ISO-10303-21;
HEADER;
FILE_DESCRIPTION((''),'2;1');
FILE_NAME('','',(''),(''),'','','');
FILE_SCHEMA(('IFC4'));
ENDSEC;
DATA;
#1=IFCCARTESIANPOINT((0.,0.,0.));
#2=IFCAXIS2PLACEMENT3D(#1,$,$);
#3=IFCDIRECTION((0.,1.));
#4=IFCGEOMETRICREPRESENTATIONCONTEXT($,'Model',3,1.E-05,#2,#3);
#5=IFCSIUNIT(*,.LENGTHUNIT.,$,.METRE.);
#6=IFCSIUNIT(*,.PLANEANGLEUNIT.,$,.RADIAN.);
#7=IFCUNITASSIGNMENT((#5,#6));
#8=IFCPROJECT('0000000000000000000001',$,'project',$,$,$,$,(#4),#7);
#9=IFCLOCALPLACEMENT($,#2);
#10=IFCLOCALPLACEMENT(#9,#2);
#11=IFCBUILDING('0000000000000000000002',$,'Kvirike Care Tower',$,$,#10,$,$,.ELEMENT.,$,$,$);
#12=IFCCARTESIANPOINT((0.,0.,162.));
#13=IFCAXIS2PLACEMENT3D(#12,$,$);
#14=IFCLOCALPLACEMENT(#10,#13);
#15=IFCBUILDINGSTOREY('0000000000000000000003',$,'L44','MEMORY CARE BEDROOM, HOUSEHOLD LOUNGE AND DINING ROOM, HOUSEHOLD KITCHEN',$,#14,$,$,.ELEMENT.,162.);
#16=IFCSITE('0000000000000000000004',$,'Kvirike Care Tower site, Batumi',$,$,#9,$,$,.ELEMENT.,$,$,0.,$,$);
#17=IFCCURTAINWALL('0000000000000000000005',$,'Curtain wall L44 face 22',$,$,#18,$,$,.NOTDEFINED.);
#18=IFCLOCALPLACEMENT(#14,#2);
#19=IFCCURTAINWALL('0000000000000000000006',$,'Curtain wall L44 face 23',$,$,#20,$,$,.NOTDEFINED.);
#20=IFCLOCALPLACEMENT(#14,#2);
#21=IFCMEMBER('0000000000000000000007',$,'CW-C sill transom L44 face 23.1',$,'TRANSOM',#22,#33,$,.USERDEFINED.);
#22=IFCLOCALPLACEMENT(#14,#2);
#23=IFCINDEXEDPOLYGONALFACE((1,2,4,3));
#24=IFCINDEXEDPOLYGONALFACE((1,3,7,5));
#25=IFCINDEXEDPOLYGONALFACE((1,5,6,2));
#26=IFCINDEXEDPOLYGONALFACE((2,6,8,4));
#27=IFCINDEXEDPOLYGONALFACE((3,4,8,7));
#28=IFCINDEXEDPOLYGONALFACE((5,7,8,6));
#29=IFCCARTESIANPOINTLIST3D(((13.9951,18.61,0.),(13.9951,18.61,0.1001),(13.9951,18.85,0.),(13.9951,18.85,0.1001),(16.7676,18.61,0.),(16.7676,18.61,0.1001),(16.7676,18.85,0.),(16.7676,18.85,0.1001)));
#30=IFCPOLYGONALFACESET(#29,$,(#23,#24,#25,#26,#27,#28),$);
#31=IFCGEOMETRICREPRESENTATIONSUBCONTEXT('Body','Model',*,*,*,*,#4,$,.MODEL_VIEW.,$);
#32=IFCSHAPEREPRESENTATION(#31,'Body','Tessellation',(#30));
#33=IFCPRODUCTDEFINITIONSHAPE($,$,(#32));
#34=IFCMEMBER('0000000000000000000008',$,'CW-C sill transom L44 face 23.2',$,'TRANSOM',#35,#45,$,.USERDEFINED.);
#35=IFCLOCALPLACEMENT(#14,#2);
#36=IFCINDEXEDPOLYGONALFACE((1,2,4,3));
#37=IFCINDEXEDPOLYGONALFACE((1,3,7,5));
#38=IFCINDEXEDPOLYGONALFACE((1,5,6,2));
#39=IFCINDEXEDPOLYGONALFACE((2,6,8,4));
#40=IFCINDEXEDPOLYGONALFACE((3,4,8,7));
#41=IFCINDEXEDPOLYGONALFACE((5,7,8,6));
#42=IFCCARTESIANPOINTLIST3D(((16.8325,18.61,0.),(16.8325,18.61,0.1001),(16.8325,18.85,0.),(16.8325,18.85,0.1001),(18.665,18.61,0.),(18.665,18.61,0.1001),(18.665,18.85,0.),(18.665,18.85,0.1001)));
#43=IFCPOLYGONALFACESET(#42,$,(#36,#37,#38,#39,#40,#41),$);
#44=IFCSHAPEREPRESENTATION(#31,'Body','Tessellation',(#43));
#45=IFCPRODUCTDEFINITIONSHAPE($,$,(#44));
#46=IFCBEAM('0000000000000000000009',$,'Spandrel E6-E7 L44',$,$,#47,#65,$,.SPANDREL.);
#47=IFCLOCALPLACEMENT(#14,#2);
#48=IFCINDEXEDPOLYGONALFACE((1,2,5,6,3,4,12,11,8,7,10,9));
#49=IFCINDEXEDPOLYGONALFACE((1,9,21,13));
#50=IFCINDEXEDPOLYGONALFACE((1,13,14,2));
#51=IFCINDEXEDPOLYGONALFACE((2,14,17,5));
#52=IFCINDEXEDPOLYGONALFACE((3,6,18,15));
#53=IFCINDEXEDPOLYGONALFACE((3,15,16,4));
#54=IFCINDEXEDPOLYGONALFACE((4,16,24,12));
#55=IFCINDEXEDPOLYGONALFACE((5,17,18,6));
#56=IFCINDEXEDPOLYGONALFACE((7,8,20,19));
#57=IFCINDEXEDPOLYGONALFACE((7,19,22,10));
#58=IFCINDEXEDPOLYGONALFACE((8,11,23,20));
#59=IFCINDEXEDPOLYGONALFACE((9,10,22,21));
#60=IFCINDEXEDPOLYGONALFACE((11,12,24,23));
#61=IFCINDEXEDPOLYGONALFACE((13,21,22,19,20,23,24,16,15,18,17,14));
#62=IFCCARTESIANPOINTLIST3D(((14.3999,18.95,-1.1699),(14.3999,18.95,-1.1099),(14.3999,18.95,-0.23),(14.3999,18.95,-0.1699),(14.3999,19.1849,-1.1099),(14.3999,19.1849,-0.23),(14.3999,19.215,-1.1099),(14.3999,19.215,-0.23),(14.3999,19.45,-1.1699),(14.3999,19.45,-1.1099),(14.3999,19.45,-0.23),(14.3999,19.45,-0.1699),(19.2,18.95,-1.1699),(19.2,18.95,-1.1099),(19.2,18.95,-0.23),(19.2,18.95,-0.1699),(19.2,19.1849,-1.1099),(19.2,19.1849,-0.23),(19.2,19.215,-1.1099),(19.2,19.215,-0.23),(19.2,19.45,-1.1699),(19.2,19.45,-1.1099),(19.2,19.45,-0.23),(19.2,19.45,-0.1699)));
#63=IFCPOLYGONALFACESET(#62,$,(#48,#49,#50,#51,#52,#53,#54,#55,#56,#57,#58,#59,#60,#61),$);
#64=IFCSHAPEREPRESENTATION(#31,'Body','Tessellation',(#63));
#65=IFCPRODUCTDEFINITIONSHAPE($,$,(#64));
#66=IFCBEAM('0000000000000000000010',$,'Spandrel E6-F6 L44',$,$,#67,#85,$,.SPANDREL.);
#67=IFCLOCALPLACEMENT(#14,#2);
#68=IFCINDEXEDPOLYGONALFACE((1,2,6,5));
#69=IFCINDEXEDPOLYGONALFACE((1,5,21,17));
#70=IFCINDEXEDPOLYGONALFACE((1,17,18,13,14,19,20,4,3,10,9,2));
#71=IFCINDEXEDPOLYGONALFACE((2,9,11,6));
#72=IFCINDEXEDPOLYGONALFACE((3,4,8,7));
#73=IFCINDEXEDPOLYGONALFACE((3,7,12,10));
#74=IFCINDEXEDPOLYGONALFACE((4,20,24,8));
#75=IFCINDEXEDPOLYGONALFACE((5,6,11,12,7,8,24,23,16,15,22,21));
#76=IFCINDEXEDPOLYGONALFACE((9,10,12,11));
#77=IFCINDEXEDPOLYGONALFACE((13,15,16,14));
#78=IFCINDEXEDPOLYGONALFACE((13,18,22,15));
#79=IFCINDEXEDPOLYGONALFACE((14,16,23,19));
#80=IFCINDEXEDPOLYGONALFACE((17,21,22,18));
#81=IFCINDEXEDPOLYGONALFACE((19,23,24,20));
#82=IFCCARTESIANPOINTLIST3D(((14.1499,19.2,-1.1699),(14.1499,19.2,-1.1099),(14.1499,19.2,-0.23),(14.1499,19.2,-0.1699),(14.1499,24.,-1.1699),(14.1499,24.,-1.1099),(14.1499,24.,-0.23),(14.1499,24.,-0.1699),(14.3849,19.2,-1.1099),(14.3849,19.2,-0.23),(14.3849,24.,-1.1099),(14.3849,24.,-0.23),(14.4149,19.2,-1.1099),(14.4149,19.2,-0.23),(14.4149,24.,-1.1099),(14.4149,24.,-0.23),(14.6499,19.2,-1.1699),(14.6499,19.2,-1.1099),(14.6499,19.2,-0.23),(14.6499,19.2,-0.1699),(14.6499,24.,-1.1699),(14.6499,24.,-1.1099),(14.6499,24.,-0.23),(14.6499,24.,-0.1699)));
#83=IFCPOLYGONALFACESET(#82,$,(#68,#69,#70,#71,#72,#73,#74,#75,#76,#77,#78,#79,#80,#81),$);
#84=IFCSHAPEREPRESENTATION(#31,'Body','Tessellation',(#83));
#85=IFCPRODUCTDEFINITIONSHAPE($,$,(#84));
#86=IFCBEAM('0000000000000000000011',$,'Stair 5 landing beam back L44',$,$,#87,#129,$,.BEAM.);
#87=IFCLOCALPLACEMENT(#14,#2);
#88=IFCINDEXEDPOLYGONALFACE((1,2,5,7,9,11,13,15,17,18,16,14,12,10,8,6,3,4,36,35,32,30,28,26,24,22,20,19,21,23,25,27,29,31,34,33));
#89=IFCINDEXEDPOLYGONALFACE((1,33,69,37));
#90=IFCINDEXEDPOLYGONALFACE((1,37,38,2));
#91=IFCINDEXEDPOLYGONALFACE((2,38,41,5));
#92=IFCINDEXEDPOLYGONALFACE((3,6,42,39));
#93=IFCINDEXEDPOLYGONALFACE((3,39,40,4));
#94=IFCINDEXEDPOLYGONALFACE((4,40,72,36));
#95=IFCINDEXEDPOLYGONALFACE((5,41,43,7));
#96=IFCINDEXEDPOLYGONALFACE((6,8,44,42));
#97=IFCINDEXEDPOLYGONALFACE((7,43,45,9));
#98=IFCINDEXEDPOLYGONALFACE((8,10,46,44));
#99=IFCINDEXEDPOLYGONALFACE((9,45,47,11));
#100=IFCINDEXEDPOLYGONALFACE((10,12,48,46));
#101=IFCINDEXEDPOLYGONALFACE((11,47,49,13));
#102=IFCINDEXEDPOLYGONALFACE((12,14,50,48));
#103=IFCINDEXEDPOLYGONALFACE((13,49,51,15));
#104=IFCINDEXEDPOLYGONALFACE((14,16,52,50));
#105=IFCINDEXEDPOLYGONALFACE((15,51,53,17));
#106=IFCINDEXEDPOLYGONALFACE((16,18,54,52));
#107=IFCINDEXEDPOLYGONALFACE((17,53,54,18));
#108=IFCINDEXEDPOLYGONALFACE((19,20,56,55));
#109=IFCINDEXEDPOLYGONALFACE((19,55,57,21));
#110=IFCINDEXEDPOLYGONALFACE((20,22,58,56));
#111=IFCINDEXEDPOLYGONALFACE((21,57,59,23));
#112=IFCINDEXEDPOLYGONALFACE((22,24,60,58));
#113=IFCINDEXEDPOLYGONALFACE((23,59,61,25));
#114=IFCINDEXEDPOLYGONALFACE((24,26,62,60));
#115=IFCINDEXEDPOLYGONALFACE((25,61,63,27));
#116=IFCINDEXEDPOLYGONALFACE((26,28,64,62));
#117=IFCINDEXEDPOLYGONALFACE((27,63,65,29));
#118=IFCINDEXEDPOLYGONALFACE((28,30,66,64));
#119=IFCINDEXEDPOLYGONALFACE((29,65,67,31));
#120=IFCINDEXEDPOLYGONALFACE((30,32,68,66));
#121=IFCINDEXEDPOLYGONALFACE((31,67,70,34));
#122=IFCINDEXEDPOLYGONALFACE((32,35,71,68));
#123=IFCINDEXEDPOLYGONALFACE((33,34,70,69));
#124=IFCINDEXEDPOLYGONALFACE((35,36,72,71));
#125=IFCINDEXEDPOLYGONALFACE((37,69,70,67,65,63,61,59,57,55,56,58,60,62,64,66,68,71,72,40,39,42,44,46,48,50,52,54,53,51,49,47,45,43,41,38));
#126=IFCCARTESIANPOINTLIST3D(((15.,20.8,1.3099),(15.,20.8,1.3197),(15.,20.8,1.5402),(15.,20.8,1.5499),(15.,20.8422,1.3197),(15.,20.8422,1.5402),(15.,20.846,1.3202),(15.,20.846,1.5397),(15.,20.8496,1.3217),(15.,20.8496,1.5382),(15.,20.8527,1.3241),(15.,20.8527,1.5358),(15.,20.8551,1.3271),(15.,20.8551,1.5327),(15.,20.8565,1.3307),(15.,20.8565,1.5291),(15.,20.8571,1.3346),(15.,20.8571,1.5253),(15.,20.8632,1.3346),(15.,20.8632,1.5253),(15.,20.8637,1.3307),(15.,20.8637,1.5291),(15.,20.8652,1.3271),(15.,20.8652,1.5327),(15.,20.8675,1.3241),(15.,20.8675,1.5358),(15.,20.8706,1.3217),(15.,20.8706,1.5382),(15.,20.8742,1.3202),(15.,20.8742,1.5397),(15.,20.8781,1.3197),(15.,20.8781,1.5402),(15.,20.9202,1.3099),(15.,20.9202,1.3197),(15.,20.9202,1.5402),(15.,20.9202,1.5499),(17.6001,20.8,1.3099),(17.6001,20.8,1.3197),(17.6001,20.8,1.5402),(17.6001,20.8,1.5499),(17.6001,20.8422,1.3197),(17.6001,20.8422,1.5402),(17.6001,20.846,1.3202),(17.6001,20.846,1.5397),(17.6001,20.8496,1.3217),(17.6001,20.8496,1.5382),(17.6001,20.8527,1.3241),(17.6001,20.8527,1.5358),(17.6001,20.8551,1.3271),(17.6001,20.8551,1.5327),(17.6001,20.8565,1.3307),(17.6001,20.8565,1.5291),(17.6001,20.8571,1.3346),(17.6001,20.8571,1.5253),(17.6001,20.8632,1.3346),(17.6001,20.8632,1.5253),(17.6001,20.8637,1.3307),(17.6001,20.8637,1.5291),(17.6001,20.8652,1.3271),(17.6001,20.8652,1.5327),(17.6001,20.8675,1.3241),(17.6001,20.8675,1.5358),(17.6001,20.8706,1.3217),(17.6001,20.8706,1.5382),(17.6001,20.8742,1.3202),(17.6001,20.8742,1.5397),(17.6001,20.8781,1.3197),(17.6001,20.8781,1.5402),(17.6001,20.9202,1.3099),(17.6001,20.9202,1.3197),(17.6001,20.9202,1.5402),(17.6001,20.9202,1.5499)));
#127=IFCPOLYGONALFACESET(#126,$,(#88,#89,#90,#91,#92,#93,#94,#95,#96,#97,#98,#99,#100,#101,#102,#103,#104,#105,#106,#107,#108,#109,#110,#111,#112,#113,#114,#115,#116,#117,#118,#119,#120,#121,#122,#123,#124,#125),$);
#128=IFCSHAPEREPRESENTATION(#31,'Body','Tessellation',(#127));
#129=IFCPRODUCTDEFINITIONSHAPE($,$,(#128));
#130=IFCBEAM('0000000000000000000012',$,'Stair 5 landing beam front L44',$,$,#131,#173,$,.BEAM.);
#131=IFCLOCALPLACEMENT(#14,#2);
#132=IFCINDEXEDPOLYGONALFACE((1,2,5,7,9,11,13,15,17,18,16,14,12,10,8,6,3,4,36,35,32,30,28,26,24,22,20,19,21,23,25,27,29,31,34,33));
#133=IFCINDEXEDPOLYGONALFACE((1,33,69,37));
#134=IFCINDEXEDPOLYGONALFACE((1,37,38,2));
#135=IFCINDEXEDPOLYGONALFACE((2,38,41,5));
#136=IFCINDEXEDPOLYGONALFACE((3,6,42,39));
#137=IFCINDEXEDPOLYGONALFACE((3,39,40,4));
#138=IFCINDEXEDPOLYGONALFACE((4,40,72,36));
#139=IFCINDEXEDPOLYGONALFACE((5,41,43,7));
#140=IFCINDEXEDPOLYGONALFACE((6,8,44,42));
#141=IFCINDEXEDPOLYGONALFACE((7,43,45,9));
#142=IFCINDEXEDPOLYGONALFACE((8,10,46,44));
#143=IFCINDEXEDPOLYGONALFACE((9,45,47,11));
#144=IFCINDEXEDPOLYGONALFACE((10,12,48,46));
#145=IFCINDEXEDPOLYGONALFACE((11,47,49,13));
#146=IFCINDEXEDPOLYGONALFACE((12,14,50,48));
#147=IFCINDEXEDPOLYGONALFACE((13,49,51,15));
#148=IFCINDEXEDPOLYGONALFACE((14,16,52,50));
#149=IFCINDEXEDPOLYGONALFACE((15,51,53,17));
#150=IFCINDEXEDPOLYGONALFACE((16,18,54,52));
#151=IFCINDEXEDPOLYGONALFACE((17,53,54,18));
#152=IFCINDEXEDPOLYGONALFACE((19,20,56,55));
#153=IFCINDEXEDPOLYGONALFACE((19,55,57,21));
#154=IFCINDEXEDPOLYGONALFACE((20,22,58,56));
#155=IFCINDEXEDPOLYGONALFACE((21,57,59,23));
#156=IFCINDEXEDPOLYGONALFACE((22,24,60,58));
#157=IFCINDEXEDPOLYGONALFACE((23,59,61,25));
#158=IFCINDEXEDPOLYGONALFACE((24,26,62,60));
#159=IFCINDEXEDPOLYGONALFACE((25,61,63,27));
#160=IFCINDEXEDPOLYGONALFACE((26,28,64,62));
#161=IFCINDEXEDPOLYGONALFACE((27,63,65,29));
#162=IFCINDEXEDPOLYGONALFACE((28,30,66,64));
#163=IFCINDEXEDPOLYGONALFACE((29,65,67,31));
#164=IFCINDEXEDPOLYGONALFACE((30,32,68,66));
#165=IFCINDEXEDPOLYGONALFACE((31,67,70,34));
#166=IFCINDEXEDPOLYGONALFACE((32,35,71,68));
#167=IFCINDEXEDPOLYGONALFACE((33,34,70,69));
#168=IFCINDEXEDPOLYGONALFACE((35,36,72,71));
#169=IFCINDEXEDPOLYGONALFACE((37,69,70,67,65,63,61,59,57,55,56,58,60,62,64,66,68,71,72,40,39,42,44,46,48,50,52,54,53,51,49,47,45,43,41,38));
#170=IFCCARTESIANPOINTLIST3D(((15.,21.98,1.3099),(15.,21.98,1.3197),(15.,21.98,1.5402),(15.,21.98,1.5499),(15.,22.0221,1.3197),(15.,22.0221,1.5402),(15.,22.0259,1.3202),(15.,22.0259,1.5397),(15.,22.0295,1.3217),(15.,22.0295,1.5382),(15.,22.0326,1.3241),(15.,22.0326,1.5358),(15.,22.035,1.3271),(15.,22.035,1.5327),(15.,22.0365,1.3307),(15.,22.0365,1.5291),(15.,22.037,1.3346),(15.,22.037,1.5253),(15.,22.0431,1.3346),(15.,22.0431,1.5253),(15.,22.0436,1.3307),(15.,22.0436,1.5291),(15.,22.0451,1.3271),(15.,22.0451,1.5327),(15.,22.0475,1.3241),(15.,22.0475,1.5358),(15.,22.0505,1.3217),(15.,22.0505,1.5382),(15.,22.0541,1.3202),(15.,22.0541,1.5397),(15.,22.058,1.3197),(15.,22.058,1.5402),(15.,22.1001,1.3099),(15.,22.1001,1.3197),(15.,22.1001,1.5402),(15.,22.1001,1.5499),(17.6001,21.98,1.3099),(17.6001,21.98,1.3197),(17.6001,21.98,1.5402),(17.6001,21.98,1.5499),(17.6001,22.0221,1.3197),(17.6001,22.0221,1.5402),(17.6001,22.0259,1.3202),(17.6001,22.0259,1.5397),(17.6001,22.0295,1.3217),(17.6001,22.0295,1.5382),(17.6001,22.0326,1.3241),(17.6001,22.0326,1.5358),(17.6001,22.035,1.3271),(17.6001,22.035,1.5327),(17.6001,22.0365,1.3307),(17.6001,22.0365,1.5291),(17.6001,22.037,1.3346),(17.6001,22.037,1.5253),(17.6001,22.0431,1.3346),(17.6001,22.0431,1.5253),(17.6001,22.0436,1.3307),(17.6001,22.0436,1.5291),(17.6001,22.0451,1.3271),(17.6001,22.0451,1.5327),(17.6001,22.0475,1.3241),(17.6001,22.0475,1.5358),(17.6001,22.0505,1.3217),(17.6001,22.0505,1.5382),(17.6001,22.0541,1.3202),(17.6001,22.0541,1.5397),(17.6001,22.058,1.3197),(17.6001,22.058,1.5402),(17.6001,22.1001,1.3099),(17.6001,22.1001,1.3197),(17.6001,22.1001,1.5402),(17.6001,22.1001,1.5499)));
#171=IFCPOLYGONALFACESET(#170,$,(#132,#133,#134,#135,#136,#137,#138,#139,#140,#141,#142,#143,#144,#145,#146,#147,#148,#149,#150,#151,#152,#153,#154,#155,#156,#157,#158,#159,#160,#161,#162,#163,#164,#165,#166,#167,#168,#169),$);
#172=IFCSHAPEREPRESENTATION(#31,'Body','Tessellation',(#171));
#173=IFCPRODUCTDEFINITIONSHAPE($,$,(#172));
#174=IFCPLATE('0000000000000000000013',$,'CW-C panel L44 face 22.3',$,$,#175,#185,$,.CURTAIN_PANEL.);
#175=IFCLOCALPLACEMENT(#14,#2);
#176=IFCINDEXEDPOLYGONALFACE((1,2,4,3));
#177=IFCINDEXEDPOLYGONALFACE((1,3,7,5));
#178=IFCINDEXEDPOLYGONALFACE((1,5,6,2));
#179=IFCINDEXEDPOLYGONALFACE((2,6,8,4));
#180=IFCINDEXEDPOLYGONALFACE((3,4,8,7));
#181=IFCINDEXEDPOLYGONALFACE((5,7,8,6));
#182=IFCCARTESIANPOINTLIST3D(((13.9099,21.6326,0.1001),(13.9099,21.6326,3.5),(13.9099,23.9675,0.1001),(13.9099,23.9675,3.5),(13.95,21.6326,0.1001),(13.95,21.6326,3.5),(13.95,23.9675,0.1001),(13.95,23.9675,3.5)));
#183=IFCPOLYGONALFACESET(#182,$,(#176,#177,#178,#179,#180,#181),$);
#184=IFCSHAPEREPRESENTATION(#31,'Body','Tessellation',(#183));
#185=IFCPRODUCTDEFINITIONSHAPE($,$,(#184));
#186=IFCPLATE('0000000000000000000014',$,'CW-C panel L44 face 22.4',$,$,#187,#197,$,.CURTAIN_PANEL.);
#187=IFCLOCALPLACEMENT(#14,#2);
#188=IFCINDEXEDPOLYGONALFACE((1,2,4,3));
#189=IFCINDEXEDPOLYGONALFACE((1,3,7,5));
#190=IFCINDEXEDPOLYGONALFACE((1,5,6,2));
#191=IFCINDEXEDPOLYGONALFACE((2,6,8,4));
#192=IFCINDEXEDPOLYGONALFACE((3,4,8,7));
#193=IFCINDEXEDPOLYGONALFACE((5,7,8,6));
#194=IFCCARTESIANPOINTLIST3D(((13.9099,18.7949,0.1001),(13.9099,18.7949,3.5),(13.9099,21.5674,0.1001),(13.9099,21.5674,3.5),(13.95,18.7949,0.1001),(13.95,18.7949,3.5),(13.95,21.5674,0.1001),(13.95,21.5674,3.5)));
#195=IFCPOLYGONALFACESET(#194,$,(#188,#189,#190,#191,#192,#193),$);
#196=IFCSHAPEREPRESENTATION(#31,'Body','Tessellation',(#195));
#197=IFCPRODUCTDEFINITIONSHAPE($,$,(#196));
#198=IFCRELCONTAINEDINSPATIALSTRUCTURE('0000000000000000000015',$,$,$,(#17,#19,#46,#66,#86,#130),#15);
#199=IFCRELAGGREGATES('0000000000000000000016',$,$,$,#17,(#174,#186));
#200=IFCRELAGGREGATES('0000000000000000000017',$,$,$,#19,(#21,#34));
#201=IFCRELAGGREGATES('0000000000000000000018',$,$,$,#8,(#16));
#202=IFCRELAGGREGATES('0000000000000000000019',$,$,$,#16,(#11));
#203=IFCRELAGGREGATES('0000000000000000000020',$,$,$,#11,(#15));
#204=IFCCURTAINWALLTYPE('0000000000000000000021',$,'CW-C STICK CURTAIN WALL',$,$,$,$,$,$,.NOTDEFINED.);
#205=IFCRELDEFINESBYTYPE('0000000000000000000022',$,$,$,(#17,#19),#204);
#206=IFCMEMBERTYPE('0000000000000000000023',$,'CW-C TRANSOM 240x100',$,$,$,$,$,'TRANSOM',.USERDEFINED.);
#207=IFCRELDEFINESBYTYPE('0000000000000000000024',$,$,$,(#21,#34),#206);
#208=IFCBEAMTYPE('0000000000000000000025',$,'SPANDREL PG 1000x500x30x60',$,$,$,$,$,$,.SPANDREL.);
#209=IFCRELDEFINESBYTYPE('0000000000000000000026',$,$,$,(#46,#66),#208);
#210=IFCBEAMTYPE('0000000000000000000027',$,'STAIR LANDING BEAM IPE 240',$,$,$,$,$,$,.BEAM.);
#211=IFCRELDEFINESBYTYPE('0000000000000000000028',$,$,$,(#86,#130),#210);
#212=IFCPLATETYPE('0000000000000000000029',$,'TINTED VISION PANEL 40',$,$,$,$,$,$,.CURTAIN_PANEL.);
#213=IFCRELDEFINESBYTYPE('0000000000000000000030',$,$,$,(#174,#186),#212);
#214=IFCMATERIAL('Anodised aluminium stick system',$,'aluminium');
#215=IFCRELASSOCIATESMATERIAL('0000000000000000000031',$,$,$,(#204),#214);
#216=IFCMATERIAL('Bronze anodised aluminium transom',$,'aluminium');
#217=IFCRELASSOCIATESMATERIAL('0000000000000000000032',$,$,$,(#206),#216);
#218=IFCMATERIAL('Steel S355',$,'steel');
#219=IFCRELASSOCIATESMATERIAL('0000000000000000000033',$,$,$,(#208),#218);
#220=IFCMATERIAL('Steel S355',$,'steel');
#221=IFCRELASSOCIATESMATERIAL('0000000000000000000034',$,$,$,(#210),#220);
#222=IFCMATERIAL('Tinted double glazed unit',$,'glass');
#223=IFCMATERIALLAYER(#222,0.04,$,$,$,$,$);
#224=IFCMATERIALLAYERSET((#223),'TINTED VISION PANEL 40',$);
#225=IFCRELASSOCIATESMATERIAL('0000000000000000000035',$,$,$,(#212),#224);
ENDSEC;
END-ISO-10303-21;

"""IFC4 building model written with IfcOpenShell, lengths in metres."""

from ifc_helpers import new_model, si_unit, direction, frame, origin, origin_2d, place, context, subcontext, project, spatial, rectangle, i_section, extrude, material, layer, layer_set, material_profile, profile_set, type_object, element, aggregate, save


model = new_model("IFC4")

# Units and contexts
model_context = context("Model", 3, precision=1e-05, world=origin(), true_north=direction((0.0, 1.0)))
body_context = subcontext(model_context, "Body", "Model", "MODEL_VIEW")
ifc_project = project(units=[si_unit("LENGTHUNIT", "METRE"), si_unit("PLANEANGLEUNIT", "RADIAN")], contexts=[model_context])

# Site, building, storey
site_placement = place(None, origin())
site = spatial("IfcSite", under=ifc_project, at=site_placement, Name="Kvirike Care Tower site, Batumi", CompositionType="ELEMENT", RefElevation=0.0)
building_placement = place(site_placement, origin())
building = spatial("IfcBuilding", under=site, at=building_placement, Name="Kvirike Care Tower", CompositionType="ELEMENT")
storey_placement = place(building_placement, frame((0.0, 0.0, 162.0)))
storey = spatial("IfcBuildingStorey", under=building, at=storey_placement, Name="L44", Description="MEMORY CARE BEDROOM, HOUSEHOLD LOUNGE AND DINING ROOM, HOUSEHOLD KITCHEN", CompositionType="ELEMENT", Elevation=162.0)

# Curtain walls
ifc_material_1 = material(Name="Anodised aluminium stick system", Category="aluminium")
curtain_wall_type = type_object("IfcCurtainWallType", Name="CW-C STICK CURTAIN WALL", PredefinedType="NOTDEFINED", material=ifc_material_1)
curtain_wall_1_placement = place(storey_placement, origin())
curtain_wall_1 = element("IfcCurtainWall", 1, at=curtain_wall_1_placement, inside=storey, type_object=curtain_wall_type, Name="Curtain wall L44 face 22", PredefinedType="NOTDEFINED")
curtain_wall_2_placement = place(storey_placement, origin())
curtain_wall_2 = element("IfcCurtainWall", 2, at=curtain_wall_2_placement, inside=storey, type_object=curtain_wall_type, Name="Curtain wall L44 face 23", PredefinedType="NOTDEFINED")

# Members
ifc_material_2 = material(Name="Bronze anodised aluminium transom", Category="aluminium")
ifc_material_profile_1 = material_profile(ifc_material_2, rectangle(XDim=0.24, YDim=0.1001, at=origin_2d()), Name="CW-C TRANSOM 240x100")
ifc_profile_set_1 = profile_set([ifc_material_profile_1], Name="Bronze anodised aluminium transom")
member_type_1 = type_object("IfcMemberType", Name="CW-C TRANSOM 240x100", ElementType="TRANSOM", PredefinedType="USERDEFINED", material=ifc_profile_set_1)
member_1_placement = place(storey_placement, frame((13.9951, 18.73, 0.05), z_axis=(1.0, 0.0, 0.0), x_axis=(0.0, 1.0, 0.0)))
member_1 = element("IfcMember", 3, at=member_1_placement, type_object=member_type_1, Name="CW-C sill transom L44 face 23.1", ObjectType="TRANSOM", PredefinedType="USERDEFINED", context=body_context, shape_type="SweptSolid", body=[
    extrude(rectangle(XDim=0.24, YDim=0.1001, at=origin_2d()), origin(), (0.0, 0.0, 1.0), 2.7725),
])
member_2_placement = place(storey_placement, frame((16.8325, 18.73, 0.05), z_axis=(1.0, 0.0, 0.0), x_axis=(0.0, 1.0, 0.0)))
member_2 = element("IfcMember", 4, at=member_2_placement, type_object=member_type_1, Name="CW-C sill transom L44 face 23.2", ObjectType="TRANSOM", PredefinedType="USERDEFINED", context=body_context, shape_type="SweptSolid", body=[
    extrude(rectangle(XDim=0.24, YDim=0.1001, at=origin_2d()), origin(), (0.0, 0.0, 1.0), 1.8325),
])

# Beams
ifc_material_3 = material(Name="Steel S355", Category="steel")
ifc_material_profile_2 = material_profile(ifc_material_3, i_section(OverallWidth=0.5, OverallDepth=1.0, WebThickness=0.03, FlangeThickness=0.0601, at=origin_2d()), Name="PG 1000x500x30x60")
ifc_profile_set_2 = profile_set([ifc_material_profile_2], Name="Steel S355")
beam_type_1 = type_object("IfcBeamType", Name="SPANDREL PG 1000x500x30x60", PredefinedType="SPANDREL", material=ifc_profile_set_2)
for number, where, z_axis, x_axis, name in (
    (5, (14.3999, 19.2, -0.6699), (1.0, 0.0, 0.0), (0.0, 1.0, 0.0), "Spandrel E6-E7 L44"),
    (6, (14.3999, 19.2, -0.6699), (0.0, 1.0, 0.0), (-1.0, 0.0, 0.0), "Spandrel E6-F6 L44"),
):
    element("IfcBeam", number, at=place(storey_placement, frame(where, z_axis=z_axis, x_axis=x_axis)), inside=storey, type_object=beam_type_1, Name=name, PredefinedType="SPANDREL", context=body_context, shape_type="SweptSolid", body=[
        extrude(i_section(OverallWidth=0.5, OverallDepth=1.0, WebThickness=0.03, FlangeThickness=0.0601, at=origin_2d()), origin(), (0.0, 0.0, 1.0), 4.8),
    ])
ifc_material_4 = material(Name="Steel S355", Category="steel")
ifc_material_profile_3 = material_profile(ifc_material_4, i_section(OverallWidth=0.1201, OverallDepth=0.24, WebThickness=0.0061, FlangeThickness=0.0098, FilletRadius=0.0149, at=origin_2d()), Name="IPE 240")
ifc_profile_set_3 = profile_set([ifc_material_profile_3], Name="Steel S355")
beam_type_2 = type_object("IfcBeamType", Name="STAIR LANDING BEAM IPE 240", PredefinedType="BEAM", material=ifc_profile_set_3)
for number, where, z_axis, x_axis, name in (
    (7, (15.0, 20.8601, 1.4299), (1.0, 0.0, 0.0), (0.0, 1.0, 0.0), "Stair 5 landing beam back L44"),
    (8, (15.0, 22.04, 1.4299), (1.0, 0.0, 0.0), (0.0, 1.0, 0.0), "Stair 5 landing beam front L44"),
):
    element("IfcBeam", number, at=place(storey_placement, frame(where, z_axis=z_axis, x_axis=x_axis)), inside=storey, type_object=beam_type_2, Name=name, PredefinedType="BEAM", context=body_context, shape_type="SweptSolid", body=[
        extrude(i_section(OverallWidth=0.1201, OverallDepth=0.24, WebThickness=0.0061, FlangeThickness=0.0098, FilletRadius=0.0149, at=origin_2d()), origin(), (0.0, 0.0, 1.0), 2.6001),
    ])

# Plates
ifc_material_5 = material(Name="Tinted double glazed unit", Category="glass")
ifc_layer_1 = layer(ifc_material_5, 0.04)
ifc_layer_set_1 = layer_set([ifc_layer_1], Name="TINTED VISION PANEL 40")
plate_type = type_object("IfcPlateType", Name="TINTED VISION PANEL 40", PredefinedType="CURTAIN_PANEL", material=ifc_layer_set_1)
plate_1_placement = place(storey_placement, frame((13.9299, 22.8, 0.1001), z_axis=(0.0, 0.0, 1.0), x_axis=(0.0, -1.0, 0.0)))
plate_1 = element("IfcPlate", 9, at=plate_1_placement, type_object=plate_type, Name="CW-C panel L44 face 22.3", PredefinedType="CURTAIN_PANEL", context=body_context, shape_type="SweptSolid", body=[
    extrude(rectangle(XDim=2.335, YDim=0.04, at=origin_2d()), origin(), (0.0, 0.0, 1.0), 3.3999),
])
plate_2_placement = place(storey_placement, frame((13.9299, 20.1812, 0.1001), z_axis=(0.0, 0.0, 1.0), x_axis=(0.0, -1.0, 0.0)))
plate_2 = element("IfcPlate", 10, at=plate_2_placement, type_object=plate_type, Name="CW-C panel L44 face 22.4", PredefinedType="CURTAIN_PANEL", context=body_context, shape_type="SweptSolid", body=[
    extrude(rectangle(XDim=2.7725, YDim=0.04, at=origin_2d()), origin(), (0.0, 0.0, 1.0), 3.3999),
])
aggregate(curtain_wall_1, [plate_1, plate_2])
aggregate(curtain_wall_2, [member_1, member_2])

save(model, "model.ifc")
